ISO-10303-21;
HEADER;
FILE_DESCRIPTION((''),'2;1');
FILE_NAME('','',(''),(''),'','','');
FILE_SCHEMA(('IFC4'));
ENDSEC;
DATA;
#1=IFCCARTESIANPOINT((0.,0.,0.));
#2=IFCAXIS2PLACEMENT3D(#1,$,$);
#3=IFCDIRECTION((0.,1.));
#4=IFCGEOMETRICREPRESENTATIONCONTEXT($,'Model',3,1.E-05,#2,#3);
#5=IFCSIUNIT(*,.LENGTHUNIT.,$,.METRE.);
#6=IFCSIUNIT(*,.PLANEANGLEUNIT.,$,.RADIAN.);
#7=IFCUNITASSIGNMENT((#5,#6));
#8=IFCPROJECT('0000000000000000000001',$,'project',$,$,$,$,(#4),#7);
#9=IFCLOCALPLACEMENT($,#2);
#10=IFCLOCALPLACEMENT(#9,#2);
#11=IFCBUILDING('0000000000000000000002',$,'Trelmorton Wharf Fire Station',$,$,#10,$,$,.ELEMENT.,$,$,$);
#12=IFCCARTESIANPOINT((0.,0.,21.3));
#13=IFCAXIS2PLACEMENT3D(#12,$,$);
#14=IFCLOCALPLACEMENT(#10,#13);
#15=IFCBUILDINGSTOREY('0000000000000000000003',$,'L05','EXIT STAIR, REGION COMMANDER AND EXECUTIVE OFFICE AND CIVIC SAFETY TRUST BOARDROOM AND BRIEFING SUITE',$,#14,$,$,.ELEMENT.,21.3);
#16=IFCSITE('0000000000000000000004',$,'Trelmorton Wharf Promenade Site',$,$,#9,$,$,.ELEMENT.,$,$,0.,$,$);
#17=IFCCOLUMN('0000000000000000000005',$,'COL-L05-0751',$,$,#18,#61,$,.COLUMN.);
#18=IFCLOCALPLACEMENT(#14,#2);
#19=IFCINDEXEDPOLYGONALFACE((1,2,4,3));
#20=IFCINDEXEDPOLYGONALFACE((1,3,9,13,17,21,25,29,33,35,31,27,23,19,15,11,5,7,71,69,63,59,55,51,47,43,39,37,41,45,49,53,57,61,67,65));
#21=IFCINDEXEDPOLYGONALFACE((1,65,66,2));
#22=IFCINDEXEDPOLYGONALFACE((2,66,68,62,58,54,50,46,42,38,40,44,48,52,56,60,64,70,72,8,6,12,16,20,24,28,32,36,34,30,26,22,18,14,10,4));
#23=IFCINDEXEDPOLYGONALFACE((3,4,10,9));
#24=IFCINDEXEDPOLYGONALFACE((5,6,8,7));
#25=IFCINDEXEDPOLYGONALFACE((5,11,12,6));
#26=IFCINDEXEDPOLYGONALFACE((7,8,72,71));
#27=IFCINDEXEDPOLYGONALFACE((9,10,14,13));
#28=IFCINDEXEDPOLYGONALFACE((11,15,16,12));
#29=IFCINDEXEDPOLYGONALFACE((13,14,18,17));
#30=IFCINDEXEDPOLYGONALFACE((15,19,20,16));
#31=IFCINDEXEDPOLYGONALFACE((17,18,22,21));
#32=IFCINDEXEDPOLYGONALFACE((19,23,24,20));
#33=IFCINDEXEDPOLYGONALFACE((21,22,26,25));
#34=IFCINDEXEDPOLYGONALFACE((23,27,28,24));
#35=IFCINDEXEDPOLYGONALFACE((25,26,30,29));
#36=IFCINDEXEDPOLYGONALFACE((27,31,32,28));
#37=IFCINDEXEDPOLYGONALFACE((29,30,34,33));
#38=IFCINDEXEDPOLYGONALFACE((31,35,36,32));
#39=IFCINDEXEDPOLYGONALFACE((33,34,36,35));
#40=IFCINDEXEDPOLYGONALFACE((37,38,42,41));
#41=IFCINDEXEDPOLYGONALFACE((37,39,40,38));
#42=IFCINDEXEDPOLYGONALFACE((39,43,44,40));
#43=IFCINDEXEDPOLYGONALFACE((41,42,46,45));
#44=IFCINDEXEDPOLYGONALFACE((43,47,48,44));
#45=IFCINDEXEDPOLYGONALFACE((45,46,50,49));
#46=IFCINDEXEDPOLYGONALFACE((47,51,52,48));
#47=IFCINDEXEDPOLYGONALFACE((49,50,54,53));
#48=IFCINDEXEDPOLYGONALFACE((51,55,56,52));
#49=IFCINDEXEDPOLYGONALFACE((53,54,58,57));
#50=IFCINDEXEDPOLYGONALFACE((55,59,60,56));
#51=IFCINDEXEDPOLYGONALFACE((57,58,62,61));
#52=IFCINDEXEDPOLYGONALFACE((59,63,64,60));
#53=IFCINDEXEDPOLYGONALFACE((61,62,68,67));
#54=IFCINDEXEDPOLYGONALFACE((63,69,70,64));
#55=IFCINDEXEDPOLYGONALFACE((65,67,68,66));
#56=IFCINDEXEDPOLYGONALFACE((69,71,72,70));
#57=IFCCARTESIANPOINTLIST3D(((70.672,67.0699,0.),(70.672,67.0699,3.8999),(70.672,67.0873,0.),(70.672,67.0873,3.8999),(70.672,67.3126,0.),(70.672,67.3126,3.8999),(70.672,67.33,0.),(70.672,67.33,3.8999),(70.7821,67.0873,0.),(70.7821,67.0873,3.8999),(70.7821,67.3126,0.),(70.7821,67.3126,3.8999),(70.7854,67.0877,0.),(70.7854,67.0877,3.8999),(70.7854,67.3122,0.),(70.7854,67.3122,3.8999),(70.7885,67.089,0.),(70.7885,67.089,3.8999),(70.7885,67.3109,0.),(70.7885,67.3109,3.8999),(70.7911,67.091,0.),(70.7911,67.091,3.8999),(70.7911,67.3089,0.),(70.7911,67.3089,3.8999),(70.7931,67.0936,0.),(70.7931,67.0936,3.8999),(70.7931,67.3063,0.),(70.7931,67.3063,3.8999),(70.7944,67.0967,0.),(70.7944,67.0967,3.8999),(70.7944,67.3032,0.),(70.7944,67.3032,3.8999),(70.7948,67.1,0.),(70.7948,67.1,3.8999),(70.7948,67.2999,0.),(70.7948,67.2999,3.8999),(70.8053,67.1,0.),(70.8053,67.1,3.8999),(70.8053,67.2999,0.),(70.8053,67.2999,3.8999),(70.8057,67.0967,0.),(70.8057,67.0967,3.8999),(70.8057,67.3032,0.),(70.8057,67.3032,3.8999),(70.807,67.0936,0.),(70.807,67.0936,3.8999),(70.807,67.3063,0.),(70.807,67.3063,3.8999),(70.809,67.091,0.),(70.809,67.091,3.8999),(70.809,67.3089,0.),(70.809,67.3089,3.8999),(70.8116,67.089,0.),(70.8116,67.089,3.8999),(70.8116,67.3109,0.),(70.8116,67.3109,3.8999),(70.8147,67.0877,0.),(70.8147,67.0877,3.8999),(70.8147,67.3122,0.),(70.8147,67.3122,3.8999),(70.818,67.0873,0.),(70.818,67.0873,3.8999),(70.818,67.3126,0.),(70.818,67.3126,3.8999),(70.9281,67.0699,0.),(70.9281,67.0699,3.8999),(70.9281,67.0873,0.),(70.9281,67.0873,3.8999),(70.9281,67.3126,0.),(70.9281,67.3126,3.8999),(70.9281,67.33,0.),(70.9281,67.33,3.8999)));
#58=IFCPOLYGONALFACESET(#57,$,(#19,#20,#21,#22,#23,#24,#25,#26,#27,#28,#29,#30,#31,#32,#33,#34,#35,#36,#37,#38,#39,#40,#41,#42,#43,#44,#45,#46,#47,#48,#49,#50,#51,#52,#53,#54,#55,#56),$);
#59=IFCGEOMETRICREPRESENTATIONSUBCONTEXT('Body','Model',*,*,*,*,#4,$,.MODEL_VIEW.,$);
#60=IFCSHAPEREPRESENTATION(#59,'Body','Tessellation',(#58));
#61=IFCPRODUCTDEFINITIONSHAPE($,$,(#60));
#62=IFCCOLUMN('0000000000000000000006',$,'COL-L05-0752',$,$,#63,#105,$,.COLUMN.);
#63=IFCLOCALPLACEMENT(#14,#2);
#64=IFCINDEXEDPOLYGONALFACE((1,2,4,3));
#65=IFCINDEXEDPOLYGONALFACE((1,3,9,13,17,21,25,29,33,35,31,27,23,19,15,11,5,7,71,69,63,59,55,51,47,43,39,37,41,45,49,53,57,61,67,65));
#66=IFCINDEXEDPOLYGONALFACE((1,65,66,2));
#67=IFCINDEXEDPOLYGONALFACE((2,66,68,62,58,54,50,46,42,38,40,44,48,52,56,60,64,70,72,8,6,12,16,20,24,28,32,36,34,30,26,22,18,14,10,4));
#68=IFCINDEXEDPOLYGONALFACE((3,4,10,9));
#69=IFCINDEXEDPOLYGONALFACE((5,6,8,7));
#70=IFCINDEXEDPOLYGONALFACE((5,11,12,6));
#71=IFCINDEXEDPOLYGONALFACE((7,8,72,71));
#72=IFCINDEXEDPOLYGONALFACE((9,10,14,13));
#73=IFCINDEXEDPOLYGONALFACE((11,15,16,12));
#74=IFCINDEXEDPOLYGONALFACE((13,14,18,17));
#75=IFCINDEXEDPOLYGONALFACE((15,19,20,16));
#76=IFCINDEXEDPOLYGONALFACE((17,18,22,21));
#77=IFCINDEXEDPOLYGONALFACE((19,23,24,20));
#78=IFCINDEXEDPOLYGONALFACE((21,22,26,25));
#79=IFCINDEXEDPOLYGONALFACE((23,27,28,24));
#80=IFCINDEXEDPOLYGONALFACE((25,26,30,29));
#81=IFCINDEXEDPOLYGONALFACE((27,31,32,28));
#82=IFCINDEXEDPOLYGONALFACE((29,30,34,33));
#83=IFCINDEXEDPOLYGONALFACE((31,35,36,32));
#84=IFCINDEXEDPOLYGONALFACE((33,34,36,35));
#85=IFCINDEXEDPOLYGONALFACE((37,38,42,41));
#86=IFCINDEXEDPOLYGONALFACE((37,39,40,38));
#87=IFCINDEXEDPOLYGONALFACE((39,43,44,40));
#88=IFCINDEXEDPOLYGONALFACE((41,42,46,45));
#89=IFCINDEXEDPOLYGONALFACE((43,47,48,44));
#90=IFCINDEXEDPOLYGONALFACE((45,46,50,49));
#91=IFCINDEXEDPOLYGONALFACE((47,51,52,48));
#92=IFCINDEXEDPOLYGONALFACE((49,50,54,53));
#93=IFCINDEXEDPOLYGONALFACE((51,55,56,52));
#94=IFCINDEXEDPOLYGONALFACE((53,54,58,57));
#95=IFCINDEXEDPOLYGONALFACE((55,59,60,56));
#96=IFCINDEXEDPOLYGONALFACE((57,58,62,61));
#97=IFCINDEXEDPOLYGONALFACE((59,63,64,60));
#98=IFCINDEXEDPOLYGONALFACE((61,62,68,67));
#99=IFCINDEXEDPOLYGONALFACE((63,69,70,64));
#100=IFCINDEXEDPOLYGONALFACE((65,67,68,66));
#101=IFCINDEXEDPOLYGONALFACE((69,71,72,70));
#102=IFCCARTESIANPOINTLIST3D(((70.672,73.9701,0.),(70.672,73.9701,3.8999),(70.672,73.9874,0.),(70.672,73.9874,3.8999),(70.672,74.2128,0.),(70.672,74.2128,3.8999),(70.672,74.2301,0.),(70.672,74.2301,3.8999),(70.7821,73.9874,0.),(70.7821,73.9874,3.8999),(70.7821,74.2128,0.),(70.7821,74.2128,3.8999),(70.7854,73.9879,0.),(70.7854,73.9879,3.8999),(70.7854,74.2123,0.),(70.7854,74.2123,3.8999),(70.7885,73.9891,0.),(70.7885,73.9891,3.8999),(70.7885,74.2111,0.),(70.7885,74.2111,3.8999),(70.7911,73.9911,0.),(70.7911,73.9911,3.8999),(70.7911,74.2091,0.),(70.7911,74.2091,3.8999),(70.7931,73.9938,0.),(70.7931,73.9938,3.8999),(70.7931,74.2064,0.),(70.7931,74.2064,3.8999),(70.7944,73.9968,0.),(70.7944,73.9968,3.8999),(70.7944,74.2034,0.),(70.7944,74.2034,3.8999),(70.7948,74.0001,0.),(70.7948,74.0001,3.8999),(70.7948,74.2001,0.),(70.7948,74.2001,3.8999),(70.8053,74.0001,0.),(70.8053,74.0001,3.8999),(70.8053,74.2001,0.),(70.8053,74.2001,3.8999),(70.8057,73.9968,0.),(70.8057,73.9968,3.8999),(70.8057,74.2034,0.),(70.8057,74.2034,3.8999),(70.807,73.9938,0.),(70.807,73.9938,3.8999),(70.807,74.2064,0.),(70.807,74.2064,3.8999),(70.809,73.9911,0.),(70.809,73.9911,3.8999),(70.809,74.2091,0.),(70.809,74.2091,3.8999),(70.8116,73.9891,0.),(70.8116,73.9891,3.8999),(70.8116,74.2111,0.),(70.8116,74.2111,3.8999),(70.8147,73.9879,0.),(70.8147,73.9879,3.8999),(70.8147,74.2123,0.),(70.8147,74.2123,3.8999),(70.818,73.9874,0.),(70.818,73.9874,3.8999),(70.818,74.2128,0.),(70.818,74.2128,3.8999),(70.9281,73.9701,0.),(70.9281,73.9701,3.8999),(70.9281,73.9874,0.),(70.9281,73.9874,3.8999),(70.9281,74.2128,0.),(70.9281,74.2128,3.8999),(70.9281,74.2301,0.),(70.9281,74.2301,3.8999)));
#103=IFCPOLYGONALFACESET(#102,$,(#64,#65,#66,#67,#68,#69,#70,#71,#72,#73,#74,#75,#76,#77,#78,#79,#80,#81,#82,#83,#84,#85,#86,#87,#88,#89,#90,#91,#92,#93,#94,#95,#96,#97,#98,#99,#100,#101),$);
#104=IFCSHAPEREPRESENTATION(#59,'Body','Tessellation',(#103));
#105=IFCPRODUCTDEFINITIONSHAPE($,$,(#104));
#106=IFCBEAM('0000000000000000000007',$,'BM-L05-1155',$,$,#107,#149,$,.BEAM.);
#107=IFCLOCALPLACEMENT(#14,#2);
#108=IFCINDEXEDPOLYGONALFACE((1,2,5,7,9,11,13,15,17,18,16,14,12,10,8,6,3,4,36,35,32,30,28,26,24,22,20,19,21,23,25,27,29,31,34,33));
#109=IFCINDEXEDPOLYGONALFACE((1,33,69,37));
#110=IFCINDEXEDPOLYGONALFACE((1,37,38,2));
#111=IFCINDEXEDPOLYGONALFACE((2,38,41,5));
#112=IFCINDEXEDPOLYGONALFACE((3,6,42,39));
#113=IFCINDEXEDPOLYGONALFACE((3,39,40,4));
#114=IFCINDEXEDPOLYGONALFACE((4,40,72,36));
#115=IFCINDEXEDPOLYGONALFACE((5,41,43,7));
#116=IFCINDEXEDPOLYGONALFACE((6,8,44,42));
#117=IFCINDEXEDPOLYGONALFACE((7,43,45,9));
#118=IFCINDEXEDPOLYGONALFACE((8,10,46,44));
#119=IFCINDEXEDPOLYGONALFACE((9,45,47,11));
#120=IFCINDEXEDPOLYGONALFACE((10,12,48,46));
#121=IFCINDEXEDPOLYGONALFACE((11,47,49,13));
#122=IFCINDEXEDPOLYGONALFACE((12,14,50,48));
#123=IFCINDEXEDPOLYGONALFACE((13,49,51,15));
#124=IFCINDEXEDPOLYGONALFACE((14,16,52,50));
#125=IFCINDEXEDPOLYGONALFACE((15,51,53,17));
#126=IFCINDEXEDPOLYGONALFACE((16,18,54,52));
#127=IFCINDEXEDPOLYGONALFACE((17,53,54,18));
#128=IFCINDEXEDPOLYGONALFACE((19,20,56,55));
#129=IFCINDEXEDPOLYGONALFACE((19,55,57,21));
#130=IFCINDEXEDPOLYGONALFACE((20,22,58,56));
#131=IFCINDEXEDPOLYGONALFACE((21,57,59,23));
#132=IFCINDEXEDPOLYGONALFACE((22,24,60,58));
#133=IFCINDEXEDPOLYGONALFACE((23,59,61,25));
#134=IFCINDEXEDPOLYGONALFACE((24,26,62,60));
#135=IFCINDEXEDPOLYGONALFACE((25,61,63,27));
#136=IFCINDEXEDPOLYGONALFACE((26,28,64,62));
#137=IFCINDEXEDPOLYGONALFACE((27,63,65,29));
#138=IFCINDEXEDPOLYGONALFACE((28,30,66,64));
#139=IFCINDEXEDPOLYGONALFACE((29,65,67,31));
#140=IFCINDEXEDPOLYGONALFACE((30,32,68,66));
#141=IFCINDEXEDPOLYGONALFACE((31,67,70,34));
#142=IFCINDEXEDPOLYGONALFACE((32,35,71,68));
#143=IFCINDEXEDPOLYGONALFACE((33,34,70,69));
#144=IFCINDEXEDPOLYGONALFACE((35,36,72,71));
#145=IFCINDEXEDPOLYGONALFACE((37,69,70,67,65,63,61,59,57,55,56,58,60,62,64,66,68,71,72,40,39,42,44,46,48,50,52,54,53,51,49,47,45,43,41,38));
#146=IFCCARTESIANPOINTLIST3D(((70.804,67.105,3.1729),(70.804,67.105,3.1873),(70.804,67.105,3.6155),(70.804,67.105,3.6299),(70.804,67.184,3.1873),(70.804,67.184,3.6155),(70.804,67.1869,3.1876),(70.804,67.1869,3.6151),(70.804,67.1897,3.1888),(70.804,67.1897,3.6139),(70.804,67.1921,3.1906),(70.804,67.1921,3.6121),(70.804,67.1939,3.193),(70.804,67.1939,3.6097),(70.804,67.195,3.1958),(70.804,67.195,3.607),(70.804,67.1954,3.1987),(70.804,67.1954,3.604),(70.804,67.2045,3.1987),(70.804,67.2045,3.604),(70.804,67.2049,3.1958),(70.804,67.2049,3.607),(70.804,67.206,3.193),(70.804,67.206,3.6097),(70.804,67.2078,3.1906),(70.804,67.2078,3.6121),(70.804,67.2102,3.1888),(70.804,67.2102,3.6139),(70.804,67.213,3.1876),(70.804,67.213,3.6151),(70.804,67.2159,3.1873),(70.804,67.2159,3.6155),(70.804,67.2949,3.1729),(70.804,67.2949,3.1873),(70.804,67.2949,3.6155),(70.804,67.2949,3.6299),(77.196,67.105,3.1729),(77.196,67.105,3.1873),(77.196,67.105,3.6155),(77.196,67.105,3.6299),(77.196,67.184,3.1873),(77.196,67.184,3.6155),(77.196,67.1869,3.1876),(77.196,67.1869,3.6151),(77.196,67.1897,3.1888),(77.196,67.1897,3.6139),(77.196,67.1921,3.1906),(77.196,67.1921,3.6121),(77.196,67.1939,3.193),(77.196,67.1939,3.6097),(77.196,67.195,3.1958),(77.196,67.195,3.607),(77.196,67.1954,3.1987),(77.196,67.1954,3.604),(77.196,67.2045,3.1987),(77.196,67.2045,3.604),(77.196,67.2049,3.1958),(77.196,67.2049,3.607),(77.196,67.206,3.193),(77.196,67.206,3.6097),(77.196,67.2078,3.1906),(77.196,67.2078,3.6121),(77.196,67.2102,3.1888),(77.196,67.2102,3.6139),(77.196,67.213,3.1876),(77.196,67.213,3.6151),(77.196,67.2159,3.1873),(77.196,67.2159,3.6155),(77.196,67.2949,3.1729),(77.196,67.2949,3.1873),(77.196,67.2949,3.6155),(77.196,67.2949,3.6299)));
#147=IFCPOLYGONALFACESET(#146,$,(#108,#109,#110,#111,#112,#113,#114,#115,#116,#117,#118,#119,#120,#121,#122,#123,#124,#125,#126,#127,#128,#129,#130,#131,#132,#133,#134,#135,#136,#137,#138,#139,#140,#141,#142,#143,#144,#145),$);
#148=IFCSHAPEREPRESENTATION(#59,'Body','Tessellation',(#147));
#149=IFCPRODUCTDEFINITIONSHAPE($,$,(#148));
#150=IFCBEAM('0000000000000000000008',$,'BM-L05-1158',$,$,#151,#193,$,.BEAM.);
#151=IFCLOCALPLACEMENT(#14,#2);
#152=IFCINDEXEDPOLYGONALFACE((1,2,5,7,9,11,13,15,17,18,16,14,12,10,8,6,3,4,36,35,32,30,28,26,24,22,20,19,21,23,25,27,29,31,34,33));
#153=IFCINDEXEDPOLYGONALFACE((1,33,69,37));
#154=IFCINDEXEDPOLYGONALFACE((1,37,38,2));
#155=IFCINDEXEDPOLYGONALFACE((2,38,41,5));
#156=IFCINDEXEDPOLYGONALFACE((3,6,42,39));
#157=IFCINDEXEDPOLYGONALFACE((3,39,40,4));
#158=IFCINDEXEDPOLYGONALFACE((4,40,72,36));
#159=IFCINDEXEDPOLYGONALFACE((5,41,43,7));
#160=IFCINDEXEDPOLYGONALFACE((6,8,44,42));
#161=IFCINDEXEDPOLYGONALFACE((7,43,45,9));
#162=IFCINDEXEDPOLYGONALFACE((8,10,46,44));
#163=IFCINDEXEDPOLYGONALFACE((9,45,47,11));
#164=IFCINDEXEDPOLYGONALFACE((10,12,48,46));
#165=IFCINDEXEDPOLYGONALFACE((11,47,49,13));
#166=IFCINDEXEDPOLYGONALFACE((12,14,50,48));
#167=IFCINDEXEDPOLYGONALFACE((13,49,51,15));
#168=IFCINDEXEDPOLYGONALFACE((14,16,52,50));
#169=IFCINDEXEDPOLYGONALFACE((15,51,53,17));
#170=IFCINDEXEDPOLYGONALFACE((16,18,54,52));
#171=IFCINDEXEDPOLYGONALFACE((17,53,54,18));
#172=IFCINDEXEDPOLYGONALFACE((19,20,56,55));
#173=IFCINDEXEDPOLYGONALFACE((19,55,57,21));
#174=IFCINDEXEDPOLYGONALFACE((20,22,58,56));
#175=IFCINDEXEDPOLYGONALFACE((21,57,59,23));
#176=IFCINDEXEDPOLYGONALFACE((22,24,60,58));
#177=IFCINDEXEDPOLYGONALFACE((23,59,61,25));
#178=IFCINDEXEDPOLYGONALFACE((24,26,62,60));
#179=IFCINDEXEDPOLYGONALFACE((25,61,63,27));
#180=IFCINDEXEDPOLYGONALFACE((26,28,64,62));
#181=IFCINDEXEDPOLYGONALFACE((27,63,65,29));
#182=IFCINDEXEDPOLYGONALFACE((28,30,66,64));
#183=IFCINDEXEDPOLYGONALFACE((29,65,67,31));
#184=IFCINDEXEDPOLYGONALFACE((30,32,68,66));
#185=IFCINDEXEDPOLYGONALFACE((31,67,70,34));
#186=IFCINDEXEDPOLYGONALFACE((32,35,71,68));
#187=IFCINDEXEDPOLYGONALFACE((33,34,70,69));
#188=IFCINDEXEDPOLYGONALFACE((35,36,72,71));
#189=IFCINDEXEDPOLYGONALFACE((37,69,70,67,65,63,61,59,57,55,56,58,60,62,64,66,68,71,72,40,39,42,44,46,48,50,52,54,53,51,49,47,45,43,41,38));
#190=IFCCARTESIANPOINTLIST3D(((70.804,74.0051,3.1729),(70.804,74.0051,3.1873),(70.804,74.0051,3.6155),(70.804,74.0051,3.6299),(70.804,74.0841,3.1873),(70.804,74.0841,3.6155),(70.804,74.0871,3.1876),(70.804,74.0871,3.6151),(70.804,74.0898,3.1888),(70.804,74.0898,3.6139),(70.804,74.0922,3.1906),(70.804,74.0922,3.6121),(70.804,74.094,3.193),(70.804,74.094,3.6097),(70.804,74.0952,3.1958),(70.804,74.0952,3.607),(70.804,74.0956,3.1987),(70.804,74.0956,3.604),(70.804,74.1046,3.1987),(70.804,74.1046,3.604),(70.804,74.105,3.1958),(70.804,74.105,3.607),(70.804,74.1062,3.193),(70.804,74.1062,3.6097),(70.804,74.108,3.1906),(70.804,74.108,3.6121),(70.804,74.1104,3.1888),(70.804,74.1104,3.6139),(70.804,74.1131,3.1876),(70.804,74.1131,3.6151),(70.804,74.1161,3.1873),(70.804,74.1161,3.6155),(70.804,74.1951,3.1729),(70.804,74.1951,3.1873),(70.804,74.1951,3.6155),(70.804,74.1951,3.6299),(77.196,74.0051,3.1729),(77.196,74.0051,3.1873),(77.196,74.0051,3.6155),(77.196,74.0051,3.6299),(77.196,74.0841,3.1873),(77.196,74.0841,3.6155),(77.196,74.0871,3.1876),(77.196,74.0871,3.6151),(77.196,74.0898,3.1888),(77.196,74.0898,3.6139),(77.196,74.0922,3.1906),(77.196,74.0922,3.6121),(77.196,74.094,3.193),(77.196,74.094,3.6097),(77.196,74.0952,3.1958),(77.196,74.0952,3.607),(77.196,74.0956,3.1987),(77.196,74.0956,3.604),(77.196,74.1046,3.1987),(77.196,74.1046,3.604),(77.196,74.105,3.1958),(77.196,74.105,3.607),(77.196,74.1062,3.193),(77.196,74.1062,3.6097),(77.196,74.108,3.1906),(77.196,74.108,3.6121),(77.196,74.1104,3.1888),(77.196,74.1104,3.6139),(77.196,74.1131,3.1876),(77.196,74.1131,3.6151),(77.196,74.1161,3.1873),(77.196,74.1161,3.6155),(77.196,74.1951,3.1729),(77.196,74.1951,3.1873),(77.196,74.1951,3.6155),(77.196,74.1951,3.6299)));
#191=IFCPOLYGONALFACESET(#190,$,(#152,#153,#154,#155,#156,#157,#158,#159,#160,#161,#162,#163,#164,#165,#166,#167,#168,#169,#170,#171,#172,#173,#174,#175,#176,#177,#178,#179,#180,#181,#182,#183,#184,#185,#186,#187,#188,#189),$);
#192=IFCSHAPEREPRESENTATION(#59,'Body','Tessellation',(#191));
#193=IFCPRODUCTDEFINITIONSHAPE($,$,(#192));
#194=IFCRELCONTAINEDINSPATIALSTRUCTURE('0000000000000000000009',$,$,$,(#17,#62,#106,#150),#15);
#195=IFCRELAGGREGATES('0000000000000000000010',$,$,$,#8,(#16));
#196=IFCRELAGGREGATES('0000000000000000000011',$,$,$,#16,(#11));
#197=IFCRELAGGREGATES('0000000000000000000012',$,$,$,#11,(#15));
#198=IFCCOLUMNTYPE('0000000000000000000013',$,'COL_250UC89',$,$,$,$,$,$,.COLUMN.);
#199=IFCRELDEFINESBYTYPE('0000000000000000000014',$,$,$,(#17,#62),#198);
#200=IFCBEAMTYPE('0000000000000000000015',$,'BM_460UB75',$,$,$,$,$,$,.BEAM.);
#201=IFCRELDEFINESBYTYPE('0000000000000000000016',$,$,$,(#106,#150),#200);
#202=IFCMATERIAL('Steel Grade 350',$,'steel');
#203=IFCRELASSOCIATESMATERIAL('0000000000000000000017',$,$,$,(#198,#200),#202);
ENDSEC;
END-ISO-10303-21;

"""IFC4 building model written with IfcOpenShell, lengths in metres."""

from ifc_helpers import new_model, si_unit, direction, frame, origin, origin_2d, place, context, subcontext, project, spatial, i_section, extrude, material, material_profile, profile_set, type_object, element, save


model = new_model("IFC4")

# Units and contexts
model_context = context("Model", 3, precision=1e-05, world=origin(), true_north=direction((0.0, 1.0)))
body_context = subcontext(model_context, "Body", "Model", "MODEL_VIEW")
ifc_project = project(units=[si_unit("LENGTHUNIT", "METRE"), si_unit("PLANEANGLEUNIT", "RADIAN")], contexts=[model_context])

# Site, building, storey
site_placement = place(None, origin())
site = spatial("IfcSite", under=ifc_project, at=site_placement, Name="Trelmorton Wharf Promenade Site", CompositionType="ELEMENT", RefElevation=0.0)
building_placement = place(site_placement, origin())
building = spatial("IfcBuilding", under=site, at=building_placement, Name="Trelmorton Wharf Fire Station", CompositionType="ELEMENT")
storey_placement = place(building_placement, frame((0.0, 0.0, 21.3)))
storey = spatial("IfcBuildingStorey", under=building, at=storey_placement, Name="L05", Description="EXIT STAIR, REGION COMMANDER AND EXECUTIVE OFFICE AND CIVIC SAFETY TRUST BOARDROOM AND BRIEFING SUITE", CompositionType="ELEMENT", Elevation=21.3)

# Columns
ifc_material_1 = material(Name="Steel Grade 350", Category="steel")
ifc_material_profile_1 = material_profile(ifc_material_1, i_section(OverallWidth=0.2561, OverallDepth=0.26, WebThickness=0.0105, FlangeThickness=0.0173, FilletRadius=0.0127, at=origin_2d()), Name="250UC89.5")
ifc_profile_set_1 = profile_set([ifc_material_profile_1], Name="Steel Grade 350")
column_type = type_object("IfcColumnType", Name="COL_250UC89", PredefinedType="COLUMN", material=ifc_profile_set_1)
for number, where, z_axis, x_axis, name in (
    (1, (70.8, 67.2, 0.0), (0.0, 0.0, 1.0), (1.0, 0.0, 0.0), "COL-L05-0751"),
    (2, (70.8, 74.1001, 0.0), (0.0, 0.0, 1.0), (1.0, 0.0, 0.0), "COL-L05-0752"),
):
    element("IfcColumn", number, at=place(storey_placement, frame(where, z_axis=z_axis, x_axis=x_axis)), inside=storey, type_object=column_type, Name=name, PredefinedType="COLUMN", context=body_context, shape_type="SweptSolid", body=[
        extrude(i_section(OverallWidth=0.2561, OverallDepth=0.26, WebThickness=0.0105, FlangeThickness=0.0173, FilletRadius=0.0127, at=origin_2d()), origin(), (0.0, 0.0, 1.0), 3.8999),
    ])

# Beams
ifc_material_profile_2 = material_profile(ifc_material_1, i_section(OverallWidth=0.1899, OverallDepth=0.457, WebThickness=0.009, FlangeThickness=0.0144, FilletRadius=0.0115, at=origin_2d()), Name="460UB74.6")
ifc_profile_set_2 = profile_set([ifc_material_profile_2], Name="Steel Grade 350")
beam_type_1 = type_object("IfcBeamType", Name="BM_460UB75", PredefinedType="BEAM", material=ifc_profile_set_2)
for number, where, z_axis, x_axis, name in (
    (3, (70.804, 67.2, 3.4014), (1.0, 0.0, 0.0), (0.0, 1.0, 0.0), "BM-L05-1155"),
    (4, (70.804, 74.1001, 3.4014), (1.0, 0.0, 0.0), (0.0, 1.0, 0.0), "BM-L05-1158"),
):
    element("IfcBeam", number, at=place(storey_placement, frame(where, z_axis=z_axis, x_axis=x_axis)), inside=storey, type_object=beam_type_1, Name=name, PredefinedType="BEAM", context=body_context, shape_type="SweptSolid", body=[
        extrude(i_section(OverallWidth=0.1899, OverallDepth=0.457, WebThickness=0.009, FlangeThickness=0.0144, FilletRadius=0.0115, at=origin_2d()), origin(), (0.0, 0.0, 1.0), 6.3921),
    ])

save(model, "model.ifc")
